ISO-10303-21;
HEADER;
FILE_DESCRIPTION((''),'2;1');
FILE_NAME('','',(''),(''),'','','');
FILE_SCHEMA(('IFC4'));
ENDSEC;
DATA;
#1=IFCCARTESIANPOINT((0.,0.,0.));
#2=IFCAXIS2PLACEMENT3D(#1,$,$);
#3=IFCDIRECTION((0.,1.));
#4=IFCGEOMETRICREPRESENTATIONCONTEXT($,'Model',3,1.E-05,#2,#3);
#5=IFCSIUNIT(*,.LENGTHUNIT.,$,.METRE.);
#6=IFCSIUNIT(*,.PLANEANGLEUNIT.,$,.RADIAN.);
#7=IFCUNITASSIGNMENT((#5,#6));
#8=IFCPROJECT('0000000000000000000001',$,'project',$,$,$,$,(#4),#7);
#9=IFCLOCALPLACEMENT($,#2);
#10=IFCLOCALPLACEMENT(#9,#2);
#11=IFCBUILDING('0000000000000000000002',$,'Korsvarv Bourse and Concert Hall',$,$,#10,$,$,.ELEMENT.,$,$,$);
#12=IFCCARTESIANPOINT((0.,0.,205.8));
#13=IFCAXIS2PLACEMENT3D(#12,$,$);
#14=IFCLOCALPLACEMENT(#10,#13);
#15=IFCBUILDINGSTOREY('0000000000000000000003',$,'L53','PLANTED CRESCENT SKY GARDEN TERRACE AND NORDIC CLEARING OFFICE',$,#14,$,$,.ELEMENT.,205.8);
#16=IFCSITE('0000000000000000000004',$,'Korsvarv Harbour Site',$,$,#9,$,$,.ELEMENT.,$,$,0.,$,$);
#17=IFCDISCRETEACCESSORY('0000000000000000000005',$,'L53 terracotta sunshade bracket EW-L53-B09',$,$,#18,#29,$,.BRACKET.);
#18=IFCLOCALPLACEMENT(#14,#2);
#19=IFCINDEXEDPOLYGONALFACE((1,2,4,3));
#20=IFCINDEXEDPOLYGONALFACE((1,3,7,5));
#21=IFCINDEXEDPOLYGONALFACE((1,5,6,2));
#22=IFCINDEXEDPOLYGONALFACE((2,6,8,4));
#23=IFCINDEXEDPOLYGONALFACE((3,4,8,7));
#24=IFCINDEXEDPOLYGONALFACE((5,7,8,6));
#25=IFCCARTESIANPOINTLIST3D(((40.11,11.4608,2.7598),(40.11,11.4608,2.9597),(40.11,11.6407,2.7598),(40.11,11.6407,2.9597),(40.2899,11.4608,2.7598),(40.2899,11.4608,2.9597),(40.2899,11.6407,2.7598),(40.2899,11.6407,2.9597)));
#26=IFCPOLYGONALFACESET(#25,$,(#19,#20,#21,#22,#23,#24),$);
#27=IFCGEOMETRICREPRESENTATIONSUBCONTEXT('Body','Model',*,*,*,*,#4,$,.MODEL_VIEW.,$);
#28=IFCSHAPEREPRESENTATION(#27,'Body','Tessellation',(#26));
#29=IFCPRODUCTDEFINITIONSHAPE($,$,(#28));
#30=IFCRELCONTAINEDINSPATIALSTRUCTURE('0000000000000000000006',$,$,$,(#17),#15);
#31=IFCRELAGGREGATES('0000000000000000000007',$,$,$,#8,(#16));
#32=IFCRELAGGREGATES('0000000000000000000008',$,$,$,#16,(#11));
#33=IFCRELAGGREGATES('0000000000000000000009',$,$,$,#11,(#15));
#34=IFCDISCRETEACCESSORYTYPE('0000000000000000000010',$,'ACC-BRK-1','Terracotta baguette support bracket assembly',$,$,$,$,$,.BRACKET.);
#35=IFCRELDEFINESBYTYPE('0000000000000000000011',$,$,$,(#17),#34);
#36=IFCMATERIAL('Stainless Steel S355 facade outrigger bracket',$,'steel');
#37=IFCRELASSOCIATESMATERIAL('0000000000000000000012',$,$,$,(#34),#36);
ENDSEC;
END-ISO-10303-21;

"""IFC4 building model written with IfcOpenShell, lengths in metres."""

from ifc_helpers import new_model, si_unit, direction, frame, origin, origin_2d, place, context, subcontext, project, spatial, rectangle, extrude, source, transform, mapped, material, type_object, element, save


model = new_model("IFC4")

# Units and contexts
model_context = context("Model", 3, precision=1e-05, world=origin(), true_north=direction((0.0, 1.0)))
body_context = subcontext(model_context, "Body", "Model", "MODEL_VIEW")
ifc_project = project(units=[si_unit("LENGTHUNIT", "METRE"), si_unit("PLANEANGLEUNIT", "RADIAN")], contexts=[model_context])

# Site, building, storey
site_placement = place(None, origin())
site = spatial("IfcSite", under=ifc_project, at=site_placement, Name="Korsvarv Harbour Site", CompositionType="ELEMENT", RefElevation=0.0)
building_placement = place(site_placement, origin())
building = spatial("IfcBuilding", under=site, at=building_placement, Name="Korsvarv Bourse and Concert Hall", CompositionType="ELEMENT")
storey_placement = place(building_placement, frame((0.0, 0.0, 205.8)))
storey = spatial("IfcBuildingStorey", under=building, at=storey_placement, Name="L53", Description="PLANTED CRESCENT SKY GARDEN TERRACE AND NORDIC CLEARING OFFICE", CompositionType="ELEMENT", Elevation=205.8)

# Discrete accessory
ifc_material_1 = material(Name="Stainless Steel S355 facade outrigger bracket", Category="steel")
discrete_accessory_type = type_object("IfcDiscreteAccessoryType", Name="ACC-BRK-1", Description="Terracotta baguette support bracket assembly", PredefinedType="BRACKET", material=ifc_material_1)
shared_shape_1 = source(origin(), body_context, "Body", "SweptSolid", [
    extrude(rectangle(XDim=0.1799, YDim=0.1799, at=origin_2d()), origin(), (0.0, 0.0, 1.0), 0.2),
])
discrete_accessory_placement = place(storey_placement, frame((40.2, 11.5508, 2.7598), z_axis=(0.0, 0.0, 1.0), x_axis=(1.0, 0.0, 0.0)))
element("IfcDiscreteAccessory", 1, at=discrete_accessory_placement, inside=storey, type_object=discrete_accessory_type, Name="L53 terracotta sunshade bracket EW-L53-B09", PredefinedType="BRACKET", context=body_context, shape_type="MappedRepresentation", body=[
    mapped(shared_shape_1, transform((0.0, 0.0, 0.0), scale=1.0)),
])

save(model, "model.ifc")
